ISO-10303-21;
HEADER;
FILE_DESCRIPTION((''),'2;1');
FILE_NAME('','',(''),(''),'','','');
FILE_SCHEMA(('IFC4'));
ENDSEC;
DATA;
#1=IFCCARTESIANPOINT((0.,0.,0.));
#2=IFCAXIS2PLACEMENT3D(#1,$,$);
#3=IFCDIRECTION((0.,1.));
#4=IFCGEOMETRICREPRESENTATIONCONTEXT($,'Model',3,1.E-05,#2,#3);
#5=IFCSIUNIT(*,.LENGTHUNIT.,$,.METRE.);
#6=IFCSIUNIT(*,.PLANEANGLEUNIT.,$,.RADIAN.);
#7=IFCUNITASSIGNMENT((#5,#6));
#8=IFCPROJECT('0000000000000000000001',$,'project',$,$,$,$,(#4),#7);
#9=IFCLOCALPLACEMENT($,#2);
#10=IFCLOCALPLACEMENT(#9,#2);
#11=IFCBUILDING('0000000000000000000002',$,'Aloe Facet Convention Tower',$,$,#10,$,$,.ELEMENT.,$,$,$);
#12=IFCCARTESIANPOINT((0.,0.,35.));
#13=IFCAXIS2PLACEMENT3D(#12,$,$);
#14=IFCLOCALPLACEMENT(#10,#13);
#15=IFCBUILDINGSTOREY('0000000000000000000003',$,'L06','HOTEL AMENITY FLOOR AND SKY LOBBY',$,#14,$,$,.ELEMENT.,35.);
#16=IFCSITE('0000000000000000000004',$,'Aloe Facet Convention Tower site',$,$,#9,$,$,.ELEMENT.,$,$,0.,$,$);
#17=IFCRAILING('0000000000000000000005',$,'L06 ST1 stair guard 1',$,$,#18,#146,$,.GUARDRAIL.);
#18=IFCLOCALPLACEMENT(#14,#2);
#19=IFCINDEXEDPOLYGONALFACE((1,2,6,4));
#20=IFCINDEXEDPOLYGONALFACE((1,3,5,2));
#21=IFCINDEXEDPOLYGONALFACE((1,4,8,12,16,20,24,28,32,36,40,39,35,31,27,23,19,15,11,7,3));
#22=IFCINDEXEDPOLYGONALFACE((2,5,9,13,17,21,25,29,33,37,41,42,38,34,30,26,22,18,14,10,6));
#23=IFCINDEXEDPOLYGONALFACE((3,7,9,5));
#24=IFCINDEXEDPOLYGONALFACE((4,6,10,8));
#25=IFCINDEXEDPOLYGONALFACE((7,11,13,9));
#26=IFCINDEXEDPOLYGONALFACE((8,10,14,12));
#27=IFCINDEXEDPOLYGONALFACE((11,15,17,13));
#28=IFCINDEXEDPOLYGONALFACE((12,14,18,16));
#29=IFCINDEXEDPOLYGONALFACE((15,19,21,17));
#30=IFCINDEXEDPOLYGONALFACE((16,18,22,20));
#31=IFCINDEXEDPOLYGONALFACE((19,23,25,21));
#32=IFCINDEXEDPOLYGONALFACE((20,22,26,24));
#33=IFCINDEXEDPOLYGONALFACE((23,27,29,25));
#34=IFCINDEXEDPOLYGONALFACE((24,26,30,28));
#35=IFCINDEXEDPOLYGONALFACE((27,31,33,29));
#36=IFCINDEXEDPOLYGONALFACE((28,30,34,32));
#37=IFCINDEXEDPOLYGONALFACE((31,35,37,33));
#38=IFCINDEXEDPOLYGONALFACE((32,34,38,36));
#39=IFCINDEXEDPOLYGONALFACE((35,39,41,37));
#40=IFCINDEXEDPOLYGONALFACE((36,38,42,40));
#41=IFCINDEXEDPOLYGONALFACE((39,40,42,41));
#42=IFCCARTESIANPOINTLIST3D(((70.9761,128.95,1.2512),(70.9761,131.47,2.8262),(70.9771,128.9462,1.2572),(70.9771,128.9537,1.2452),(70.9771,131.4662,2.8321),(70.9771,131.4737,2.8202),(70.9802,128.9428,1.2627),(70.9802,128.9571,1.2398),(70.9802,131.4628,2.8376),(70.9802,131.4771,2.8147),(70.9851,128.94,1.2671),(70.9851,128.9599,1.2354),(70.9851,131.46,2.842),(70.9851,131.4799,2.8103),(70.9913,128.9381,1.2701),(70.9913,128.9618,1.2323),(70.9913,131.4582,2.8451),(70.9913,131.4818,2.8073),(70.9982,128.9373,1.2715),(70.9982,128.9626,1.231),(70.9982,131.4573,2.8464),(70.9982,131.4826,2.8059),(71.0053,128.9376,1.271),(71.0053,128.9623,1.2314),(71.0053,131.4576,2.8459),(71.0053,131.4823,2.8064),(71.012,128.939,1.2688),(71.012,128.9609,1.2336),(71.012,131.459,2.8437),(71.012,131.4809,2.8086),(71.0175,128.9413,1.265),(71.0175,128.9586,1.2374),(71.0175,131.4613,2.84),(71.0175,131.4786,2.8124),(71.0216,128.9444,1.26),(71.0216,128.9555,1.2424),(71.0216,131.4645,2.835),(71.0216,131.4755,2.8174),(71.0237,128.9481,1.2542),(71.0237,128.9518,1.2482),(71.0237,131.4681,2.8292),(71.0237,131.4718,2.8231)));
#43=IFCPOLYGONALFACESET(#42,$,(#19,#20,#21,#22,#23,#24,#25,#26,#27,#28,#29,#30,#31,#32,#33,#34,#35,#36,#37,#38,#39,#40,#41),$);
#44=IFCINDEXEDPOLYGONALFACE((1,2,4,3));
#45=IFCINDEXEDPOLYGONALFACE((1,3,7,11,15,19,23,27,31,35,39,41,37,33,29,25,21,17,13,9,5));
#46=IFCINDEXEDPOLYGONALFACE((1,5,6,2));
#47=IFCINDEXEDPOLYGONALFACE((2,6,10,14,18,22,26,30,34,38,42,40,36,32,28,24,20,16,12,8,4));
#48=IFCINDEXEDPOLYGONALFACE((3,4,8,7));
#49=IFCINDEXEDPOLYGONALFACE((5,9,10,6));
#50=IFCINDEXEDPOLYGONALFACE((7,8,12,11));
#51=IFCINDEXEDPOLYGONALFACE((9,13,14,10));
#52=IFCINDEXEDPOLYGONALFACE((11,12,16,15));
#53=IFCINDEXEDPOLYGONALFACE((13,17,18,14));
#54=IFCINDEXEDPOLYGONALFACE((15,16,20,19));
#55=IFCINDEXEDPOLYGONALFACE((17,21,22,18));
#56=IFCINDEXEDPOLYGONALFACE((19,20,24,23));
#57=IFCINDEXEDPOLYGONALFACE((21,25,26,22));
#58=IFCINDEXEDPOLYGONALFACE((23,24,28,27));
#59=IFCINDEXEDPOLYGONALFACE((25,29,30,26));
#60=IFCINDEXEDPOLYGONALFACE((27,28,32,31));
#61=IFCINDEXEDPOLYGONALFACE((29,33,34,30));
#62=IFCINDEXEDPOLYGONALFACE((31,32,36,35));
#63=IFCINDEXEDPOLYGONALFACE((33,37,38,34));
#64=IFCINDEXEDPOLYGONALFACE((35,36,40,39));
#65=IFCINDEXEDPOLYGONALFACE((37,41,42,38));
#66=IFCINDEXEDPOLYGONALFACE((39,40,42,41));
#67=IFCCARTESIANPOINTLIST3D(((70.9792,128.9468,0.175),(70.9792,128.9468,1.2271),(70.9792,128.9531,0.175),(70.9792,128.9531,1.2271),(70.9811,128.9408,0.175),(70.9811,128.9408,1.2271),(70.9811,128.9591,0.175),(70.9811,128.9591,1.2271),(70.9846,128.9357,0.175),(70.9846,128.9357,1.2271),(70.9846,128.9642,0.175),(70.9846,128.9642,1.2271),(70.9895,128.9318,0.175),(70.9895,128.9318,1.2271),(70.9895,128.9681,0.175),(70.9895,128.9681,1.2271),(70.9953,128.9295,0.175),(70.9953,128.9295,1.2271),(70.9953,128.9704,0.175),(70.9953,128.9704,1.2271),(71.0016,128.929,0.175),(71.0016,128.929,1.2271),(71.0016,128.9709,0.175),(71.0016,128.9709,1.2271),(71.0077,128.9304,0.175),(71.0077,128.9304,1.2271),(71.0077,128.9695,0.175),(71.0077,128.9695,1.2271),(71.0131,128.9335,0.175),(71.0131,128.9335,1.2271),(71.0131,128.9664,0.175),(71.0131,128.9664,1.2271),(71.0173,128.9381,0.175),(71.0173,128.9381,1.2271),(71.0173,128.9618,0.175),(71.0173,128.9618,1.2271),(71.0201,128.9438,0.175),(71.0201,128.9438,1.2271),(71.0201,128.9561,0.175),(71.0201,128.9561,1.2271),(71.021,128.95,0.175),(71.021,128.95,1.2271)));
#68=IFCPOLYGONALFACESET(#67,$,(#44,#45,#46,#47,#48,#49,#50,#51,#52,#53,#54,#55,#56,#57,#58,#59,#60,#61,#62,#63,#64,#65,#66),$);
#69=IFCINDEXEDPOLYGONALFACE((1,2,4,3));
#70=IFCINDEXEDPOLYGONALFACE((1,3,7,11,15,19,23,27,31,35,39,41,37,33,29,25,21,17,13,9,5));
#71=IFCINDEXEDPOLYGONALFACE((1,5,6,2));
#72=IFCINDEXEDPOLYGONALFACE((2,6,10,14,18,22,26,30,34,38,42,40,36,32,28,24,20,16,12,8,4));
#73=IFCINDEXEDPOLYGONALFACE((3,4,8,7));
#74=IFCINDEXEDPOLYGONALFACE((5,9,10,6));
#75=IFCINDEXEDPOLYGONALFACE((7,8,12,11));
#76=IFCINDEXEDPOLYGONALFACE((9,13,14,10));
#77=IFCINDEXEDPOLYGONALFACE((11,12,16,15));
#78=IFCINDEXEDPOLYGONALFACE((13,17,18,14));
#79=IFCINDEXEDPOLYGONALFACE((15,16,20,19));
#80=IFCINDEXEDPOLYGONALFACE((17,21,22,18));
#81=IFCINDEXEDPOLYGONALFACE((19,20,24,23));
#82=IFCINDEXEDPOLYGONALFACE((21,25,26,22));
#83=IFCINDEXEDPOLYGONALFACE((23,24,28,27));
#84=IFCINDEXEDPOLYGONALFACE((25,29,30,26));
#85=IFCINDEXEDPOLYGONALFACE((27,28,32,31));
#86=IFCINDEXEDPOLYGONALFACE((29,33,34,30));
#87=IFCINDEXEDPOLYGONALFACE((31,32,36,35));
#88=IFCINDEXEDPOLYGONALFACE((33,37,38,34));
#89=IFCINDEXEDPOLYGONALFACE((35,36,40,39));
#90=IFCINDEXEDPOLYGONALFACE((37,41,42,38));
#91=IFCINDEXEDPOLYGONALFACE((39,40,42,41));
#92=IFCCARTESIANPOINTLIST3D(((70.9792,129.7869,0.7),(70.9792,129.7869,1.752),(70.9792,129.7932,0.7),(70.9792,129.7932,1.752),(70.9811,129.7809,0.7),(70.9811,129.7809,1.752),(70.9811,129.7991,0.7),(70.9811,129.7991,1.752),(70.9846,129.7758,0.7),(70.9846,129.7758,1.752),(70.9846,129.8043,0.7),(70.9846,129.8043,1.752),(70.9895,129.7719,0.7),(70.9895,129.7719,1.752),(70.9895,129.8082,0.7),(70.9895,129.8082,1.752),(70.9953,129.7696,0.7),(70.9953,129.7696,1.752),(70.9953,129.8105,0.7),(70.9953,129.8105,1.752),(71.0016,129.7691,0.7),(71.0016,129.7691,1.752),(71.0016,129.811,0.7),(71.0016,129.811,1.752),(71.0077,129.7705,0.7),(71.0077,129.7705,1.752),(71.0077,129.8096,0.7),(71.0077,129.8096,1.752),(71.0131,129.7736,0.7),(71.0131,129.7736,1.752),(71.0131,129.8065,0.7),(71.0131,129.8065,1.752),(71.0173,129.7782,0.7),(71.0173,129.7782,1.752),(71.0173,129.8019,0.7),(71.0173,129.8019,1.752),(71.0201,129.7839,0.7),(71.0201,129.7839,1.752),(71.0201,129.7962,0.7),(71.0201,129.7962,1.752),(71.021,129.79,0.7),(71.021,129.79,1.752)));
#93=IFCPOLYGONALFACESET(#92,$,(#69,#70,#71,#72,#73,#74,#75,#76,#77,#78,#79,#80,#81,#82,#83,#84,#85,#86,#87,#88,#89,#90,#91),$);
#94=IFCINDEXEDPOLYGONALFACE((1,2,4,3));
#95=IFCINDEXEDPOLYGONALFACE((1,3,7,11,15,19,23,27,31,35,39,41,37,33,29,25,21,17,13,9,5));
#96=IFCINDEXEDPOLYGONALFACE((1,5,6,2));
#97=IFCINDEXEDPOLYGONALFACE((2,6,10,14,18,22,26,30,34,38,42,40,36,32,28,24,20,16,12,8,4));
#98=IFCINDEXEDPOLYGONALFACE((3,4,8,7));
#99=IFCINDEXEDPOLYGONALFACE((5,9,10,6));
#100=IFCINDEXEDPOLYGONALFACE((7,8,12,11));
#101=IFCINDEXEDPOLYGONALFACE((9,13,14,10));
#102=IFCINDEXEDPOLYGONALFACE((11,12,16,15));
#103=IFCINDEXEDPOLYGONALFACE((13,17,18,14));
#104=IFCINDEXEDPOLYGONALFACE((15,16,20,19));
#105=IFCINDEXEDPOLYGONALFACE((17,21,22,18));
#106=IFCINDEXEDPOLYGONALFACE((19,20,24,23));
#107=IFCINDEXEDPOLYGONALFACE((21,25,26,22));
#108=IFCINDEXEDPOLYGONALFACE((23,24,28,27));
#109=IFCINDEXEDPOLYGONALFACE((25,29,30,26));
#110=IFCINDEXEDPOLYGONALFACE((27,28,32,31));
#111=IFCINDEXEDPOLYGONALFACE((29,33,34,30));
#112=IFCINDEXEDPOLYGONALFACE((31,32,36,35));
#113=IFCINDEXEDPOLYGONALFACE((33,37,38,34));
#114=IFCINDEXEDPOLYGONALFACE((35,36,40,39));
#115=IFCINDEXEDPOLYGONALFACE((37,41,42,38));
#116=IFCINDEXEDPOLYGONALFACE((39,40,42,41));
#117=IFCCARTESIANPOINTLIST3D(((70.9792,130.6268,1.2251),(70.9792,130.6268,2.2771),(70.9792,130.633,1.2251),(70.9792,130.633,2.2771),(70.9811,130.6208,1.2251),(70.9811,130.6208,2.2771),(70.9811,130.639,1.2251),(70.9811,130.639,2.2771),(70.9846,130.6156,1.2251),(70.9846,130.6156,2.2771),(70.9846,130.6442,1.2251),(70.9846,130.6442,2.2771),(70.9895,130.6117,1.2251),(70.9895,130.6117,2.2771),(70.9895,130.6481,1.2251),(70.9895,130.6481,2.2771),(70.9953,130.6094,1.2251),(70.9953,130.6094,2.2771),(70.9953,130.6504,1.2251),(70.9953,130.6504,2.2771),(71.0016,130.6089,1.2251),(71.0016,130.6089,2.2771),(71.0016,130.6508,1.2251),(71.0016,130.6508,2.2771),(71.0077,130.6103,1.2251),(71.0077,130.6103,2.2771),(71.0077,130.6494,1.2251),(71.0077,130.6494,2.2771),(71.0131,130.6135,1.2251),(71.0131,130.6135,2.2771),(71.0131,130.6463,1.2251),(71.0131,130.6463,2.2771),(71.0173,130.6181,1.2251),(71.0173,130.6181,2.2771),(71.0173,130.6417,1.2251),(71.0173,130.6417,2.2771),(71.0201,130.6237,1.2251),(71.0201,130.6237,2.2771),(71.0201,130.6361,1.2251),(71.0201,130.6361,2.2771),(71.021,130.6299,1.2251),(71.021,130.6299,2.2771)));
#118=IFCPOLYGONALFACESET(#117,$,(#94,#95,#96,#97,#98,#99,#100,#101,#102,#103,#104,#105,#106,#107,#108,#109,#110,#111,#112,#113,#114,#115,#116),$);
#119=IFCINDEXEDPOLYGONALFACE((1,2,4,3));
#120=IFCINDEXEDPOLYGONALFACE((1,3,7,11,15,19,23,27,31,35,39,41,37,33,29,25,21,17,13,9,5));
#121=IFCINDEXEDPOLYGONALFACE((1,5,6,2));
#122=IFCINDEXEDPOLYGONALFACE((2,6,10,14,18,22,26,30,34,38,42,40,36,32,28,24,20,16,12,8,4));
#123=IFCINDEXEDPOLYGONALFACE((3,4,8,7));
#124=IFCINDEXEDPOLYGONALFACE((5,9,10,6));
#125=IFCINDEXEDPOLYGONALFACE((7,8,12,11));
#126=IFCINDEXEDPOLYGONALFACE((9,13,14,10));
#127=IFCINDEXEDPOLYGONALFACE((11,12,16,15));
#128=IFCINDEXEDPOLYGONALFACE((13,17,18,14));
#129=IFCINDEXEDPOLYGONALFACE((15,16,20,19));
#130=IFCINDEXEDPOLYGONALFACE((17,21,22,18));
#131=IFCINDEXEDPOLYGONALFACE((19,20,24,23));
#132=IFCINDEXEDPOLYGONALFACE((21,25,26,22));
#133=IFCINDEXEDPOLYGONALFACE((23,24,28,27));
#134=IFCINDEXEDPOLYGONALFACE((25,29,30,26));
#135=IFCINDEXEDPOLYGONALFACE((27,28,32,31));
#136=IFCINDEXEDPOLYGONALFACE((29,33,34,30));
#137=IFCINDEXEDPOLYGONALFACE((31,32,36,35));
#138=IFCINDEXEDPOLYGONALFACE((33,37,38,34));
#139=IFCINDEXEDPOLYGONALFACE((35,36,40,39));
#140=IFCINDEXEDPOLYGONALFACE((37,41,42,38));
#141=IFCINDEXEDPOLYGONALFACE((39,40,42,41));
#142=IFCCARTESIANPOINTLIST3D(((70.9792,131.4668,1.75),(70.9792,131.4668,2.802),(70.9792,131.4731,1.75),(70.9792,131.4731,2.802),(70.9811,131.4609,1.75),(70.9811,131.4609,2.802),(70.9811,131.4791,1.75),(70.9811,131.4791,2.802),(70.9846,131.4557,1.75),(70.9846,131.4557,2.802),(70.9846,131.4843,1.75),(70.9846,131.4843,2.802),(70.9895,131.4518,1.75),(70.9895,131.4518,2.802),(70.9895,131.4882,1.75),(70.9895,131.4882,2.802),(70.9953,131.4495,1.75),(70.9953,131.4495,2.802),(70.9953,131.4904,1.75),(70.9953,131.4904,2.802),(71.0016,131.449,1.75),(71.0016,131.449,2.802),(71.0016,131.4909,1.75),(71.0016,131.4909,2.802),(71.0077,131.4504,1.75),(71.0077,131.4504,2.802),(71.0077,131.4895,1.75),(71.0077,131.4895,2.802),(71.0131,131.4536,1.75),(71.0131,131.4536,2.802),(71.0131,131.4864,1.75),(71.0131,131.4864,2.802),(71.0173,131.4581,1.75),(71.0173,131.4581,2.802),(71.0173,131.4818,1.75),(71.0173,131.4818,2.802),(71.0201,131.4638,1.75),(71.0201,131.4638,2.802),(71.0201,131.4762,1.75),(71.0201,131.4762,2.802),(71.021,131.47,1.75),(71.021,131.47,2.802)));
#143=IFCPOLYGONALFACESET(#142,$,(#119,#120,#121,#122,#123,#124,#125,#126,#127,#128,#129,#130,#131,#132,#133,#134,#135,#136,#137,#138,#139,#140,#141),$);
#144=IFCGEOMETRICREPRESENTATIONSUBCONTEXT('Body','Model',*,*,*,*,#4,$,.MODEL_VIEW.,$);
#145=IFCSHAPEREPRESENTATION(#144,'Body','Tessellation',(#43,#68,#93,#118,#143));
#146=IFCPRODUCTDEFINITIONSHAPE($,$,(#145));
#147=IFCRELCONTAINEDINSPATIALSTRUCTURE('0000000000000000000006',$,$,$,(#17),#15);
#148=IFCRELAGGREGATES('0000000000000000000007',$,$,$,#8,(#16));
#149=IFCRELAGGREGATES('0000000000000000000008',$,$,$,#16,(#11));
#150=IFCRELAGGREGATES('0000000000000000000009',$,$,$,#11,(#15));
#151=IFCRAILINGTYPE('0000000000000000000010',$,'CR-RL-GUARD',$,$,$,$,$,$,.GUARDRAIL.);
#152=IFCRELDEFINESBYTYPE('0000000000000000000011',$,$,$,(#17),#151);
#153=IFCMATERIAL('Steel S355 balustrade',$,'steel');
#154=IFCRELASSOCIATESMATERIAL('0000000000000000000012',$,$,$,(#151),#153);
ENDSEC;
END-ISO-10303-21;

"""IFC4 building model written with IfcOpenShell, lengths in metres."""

from ifc_helpers import new_model, si_unit, direction, frame, origin, origin_2d, place, context, subcontext, project, spatial, circle, extrude, material, type_object, element, save


model = new_model("IFC4")

# Units and contexts
model_context = context("Model", 3, precision=1e-05, world=origin(), true_north=direction((0.0, 1.0)))
body_context = subcontext(model_context, "Body", "Model", "MODEL_VIEW")
ifc_project = project(units=[si_unit("LENGTHUNIT", "METRE"), si_unit("PLANEANGLEUNIT", "RADIAN")], contexts=[model_context])

# Site, building, storey
site_placement = place(None, origin())
site = spatial("IfcSite", under=ifc_project, at=site_placement, Name="Aloe Facet Convention Tower site", CompositionType="ELEMENT", RefElevation=0.0)
building_placement = place(site_placement, origin())
building = spatial("IfcBuilding", under=site, at=building_placement, Name="Aloe Facet Convention Tower", CompositionType="ELEMENT")
storey_placement = place(building_placement, frame((0.0, 0.0, 35.0)))
storey = spatial("IfcBuildingStorey", under=building, at=storey_placement, Name="L06", Description="HOTEL AMENITY FLOOR AND SKY LOBBY", CompositionType="ELEMENT", Elevation=35.0)

# Railing
ifc_material_1 = material(Name="Steel S355 balustrade", Category="steel")
railing_type_1 = type_object("IfcRailingType", Name="CR-RL-GUARD", PredefinedType="GUARDRAIL", material=ifc_material_1)
railing_1_placement = place(storey_placement, frame((71.0, 128.95, 0.175)))
element("IfcRailing", 1, at=railing_1_placement, inside=storey, type_object=railing_type_1, Name="L06 ST1 stair guard 1", PredefinedType="GUARDRAIL", context=body_context, shape_type="SweptSolid", body=[
    extrude(circle(Radius=0.0239, at=origin_2d()), frame((0.0, 0.0, 1.0762), z_axis=(0.0, 0.848008, 0.529984), x_axis=(-1.0, 0.0, 0.0)), (0.0, 0.0, 1.0), 2.9717),
    extrude(circle(Radius=0.021, at=origin_2d()), origin(), (0.0, 0.0, 1.0), 1.052),
    extrude(circle(Radius=0.021, at=origin_2d()), frame((0.0, 0.8401, 0.5249)), (0.0, 0.0, 1.0), 1.052),
    extrude(circle(Radius=0.021, at=origin_2d()), frame((0.0, 1.6799, 1.05)), (0.0, 0.0, 1.0), 1.052),
    extrude(circle(Radius=0.021, at=origin_2d()), frame((0.0, 2.52, 1.575)), (0.0, 0.0, 1.0), 1.052),
])

save(model, "model.ifc")
